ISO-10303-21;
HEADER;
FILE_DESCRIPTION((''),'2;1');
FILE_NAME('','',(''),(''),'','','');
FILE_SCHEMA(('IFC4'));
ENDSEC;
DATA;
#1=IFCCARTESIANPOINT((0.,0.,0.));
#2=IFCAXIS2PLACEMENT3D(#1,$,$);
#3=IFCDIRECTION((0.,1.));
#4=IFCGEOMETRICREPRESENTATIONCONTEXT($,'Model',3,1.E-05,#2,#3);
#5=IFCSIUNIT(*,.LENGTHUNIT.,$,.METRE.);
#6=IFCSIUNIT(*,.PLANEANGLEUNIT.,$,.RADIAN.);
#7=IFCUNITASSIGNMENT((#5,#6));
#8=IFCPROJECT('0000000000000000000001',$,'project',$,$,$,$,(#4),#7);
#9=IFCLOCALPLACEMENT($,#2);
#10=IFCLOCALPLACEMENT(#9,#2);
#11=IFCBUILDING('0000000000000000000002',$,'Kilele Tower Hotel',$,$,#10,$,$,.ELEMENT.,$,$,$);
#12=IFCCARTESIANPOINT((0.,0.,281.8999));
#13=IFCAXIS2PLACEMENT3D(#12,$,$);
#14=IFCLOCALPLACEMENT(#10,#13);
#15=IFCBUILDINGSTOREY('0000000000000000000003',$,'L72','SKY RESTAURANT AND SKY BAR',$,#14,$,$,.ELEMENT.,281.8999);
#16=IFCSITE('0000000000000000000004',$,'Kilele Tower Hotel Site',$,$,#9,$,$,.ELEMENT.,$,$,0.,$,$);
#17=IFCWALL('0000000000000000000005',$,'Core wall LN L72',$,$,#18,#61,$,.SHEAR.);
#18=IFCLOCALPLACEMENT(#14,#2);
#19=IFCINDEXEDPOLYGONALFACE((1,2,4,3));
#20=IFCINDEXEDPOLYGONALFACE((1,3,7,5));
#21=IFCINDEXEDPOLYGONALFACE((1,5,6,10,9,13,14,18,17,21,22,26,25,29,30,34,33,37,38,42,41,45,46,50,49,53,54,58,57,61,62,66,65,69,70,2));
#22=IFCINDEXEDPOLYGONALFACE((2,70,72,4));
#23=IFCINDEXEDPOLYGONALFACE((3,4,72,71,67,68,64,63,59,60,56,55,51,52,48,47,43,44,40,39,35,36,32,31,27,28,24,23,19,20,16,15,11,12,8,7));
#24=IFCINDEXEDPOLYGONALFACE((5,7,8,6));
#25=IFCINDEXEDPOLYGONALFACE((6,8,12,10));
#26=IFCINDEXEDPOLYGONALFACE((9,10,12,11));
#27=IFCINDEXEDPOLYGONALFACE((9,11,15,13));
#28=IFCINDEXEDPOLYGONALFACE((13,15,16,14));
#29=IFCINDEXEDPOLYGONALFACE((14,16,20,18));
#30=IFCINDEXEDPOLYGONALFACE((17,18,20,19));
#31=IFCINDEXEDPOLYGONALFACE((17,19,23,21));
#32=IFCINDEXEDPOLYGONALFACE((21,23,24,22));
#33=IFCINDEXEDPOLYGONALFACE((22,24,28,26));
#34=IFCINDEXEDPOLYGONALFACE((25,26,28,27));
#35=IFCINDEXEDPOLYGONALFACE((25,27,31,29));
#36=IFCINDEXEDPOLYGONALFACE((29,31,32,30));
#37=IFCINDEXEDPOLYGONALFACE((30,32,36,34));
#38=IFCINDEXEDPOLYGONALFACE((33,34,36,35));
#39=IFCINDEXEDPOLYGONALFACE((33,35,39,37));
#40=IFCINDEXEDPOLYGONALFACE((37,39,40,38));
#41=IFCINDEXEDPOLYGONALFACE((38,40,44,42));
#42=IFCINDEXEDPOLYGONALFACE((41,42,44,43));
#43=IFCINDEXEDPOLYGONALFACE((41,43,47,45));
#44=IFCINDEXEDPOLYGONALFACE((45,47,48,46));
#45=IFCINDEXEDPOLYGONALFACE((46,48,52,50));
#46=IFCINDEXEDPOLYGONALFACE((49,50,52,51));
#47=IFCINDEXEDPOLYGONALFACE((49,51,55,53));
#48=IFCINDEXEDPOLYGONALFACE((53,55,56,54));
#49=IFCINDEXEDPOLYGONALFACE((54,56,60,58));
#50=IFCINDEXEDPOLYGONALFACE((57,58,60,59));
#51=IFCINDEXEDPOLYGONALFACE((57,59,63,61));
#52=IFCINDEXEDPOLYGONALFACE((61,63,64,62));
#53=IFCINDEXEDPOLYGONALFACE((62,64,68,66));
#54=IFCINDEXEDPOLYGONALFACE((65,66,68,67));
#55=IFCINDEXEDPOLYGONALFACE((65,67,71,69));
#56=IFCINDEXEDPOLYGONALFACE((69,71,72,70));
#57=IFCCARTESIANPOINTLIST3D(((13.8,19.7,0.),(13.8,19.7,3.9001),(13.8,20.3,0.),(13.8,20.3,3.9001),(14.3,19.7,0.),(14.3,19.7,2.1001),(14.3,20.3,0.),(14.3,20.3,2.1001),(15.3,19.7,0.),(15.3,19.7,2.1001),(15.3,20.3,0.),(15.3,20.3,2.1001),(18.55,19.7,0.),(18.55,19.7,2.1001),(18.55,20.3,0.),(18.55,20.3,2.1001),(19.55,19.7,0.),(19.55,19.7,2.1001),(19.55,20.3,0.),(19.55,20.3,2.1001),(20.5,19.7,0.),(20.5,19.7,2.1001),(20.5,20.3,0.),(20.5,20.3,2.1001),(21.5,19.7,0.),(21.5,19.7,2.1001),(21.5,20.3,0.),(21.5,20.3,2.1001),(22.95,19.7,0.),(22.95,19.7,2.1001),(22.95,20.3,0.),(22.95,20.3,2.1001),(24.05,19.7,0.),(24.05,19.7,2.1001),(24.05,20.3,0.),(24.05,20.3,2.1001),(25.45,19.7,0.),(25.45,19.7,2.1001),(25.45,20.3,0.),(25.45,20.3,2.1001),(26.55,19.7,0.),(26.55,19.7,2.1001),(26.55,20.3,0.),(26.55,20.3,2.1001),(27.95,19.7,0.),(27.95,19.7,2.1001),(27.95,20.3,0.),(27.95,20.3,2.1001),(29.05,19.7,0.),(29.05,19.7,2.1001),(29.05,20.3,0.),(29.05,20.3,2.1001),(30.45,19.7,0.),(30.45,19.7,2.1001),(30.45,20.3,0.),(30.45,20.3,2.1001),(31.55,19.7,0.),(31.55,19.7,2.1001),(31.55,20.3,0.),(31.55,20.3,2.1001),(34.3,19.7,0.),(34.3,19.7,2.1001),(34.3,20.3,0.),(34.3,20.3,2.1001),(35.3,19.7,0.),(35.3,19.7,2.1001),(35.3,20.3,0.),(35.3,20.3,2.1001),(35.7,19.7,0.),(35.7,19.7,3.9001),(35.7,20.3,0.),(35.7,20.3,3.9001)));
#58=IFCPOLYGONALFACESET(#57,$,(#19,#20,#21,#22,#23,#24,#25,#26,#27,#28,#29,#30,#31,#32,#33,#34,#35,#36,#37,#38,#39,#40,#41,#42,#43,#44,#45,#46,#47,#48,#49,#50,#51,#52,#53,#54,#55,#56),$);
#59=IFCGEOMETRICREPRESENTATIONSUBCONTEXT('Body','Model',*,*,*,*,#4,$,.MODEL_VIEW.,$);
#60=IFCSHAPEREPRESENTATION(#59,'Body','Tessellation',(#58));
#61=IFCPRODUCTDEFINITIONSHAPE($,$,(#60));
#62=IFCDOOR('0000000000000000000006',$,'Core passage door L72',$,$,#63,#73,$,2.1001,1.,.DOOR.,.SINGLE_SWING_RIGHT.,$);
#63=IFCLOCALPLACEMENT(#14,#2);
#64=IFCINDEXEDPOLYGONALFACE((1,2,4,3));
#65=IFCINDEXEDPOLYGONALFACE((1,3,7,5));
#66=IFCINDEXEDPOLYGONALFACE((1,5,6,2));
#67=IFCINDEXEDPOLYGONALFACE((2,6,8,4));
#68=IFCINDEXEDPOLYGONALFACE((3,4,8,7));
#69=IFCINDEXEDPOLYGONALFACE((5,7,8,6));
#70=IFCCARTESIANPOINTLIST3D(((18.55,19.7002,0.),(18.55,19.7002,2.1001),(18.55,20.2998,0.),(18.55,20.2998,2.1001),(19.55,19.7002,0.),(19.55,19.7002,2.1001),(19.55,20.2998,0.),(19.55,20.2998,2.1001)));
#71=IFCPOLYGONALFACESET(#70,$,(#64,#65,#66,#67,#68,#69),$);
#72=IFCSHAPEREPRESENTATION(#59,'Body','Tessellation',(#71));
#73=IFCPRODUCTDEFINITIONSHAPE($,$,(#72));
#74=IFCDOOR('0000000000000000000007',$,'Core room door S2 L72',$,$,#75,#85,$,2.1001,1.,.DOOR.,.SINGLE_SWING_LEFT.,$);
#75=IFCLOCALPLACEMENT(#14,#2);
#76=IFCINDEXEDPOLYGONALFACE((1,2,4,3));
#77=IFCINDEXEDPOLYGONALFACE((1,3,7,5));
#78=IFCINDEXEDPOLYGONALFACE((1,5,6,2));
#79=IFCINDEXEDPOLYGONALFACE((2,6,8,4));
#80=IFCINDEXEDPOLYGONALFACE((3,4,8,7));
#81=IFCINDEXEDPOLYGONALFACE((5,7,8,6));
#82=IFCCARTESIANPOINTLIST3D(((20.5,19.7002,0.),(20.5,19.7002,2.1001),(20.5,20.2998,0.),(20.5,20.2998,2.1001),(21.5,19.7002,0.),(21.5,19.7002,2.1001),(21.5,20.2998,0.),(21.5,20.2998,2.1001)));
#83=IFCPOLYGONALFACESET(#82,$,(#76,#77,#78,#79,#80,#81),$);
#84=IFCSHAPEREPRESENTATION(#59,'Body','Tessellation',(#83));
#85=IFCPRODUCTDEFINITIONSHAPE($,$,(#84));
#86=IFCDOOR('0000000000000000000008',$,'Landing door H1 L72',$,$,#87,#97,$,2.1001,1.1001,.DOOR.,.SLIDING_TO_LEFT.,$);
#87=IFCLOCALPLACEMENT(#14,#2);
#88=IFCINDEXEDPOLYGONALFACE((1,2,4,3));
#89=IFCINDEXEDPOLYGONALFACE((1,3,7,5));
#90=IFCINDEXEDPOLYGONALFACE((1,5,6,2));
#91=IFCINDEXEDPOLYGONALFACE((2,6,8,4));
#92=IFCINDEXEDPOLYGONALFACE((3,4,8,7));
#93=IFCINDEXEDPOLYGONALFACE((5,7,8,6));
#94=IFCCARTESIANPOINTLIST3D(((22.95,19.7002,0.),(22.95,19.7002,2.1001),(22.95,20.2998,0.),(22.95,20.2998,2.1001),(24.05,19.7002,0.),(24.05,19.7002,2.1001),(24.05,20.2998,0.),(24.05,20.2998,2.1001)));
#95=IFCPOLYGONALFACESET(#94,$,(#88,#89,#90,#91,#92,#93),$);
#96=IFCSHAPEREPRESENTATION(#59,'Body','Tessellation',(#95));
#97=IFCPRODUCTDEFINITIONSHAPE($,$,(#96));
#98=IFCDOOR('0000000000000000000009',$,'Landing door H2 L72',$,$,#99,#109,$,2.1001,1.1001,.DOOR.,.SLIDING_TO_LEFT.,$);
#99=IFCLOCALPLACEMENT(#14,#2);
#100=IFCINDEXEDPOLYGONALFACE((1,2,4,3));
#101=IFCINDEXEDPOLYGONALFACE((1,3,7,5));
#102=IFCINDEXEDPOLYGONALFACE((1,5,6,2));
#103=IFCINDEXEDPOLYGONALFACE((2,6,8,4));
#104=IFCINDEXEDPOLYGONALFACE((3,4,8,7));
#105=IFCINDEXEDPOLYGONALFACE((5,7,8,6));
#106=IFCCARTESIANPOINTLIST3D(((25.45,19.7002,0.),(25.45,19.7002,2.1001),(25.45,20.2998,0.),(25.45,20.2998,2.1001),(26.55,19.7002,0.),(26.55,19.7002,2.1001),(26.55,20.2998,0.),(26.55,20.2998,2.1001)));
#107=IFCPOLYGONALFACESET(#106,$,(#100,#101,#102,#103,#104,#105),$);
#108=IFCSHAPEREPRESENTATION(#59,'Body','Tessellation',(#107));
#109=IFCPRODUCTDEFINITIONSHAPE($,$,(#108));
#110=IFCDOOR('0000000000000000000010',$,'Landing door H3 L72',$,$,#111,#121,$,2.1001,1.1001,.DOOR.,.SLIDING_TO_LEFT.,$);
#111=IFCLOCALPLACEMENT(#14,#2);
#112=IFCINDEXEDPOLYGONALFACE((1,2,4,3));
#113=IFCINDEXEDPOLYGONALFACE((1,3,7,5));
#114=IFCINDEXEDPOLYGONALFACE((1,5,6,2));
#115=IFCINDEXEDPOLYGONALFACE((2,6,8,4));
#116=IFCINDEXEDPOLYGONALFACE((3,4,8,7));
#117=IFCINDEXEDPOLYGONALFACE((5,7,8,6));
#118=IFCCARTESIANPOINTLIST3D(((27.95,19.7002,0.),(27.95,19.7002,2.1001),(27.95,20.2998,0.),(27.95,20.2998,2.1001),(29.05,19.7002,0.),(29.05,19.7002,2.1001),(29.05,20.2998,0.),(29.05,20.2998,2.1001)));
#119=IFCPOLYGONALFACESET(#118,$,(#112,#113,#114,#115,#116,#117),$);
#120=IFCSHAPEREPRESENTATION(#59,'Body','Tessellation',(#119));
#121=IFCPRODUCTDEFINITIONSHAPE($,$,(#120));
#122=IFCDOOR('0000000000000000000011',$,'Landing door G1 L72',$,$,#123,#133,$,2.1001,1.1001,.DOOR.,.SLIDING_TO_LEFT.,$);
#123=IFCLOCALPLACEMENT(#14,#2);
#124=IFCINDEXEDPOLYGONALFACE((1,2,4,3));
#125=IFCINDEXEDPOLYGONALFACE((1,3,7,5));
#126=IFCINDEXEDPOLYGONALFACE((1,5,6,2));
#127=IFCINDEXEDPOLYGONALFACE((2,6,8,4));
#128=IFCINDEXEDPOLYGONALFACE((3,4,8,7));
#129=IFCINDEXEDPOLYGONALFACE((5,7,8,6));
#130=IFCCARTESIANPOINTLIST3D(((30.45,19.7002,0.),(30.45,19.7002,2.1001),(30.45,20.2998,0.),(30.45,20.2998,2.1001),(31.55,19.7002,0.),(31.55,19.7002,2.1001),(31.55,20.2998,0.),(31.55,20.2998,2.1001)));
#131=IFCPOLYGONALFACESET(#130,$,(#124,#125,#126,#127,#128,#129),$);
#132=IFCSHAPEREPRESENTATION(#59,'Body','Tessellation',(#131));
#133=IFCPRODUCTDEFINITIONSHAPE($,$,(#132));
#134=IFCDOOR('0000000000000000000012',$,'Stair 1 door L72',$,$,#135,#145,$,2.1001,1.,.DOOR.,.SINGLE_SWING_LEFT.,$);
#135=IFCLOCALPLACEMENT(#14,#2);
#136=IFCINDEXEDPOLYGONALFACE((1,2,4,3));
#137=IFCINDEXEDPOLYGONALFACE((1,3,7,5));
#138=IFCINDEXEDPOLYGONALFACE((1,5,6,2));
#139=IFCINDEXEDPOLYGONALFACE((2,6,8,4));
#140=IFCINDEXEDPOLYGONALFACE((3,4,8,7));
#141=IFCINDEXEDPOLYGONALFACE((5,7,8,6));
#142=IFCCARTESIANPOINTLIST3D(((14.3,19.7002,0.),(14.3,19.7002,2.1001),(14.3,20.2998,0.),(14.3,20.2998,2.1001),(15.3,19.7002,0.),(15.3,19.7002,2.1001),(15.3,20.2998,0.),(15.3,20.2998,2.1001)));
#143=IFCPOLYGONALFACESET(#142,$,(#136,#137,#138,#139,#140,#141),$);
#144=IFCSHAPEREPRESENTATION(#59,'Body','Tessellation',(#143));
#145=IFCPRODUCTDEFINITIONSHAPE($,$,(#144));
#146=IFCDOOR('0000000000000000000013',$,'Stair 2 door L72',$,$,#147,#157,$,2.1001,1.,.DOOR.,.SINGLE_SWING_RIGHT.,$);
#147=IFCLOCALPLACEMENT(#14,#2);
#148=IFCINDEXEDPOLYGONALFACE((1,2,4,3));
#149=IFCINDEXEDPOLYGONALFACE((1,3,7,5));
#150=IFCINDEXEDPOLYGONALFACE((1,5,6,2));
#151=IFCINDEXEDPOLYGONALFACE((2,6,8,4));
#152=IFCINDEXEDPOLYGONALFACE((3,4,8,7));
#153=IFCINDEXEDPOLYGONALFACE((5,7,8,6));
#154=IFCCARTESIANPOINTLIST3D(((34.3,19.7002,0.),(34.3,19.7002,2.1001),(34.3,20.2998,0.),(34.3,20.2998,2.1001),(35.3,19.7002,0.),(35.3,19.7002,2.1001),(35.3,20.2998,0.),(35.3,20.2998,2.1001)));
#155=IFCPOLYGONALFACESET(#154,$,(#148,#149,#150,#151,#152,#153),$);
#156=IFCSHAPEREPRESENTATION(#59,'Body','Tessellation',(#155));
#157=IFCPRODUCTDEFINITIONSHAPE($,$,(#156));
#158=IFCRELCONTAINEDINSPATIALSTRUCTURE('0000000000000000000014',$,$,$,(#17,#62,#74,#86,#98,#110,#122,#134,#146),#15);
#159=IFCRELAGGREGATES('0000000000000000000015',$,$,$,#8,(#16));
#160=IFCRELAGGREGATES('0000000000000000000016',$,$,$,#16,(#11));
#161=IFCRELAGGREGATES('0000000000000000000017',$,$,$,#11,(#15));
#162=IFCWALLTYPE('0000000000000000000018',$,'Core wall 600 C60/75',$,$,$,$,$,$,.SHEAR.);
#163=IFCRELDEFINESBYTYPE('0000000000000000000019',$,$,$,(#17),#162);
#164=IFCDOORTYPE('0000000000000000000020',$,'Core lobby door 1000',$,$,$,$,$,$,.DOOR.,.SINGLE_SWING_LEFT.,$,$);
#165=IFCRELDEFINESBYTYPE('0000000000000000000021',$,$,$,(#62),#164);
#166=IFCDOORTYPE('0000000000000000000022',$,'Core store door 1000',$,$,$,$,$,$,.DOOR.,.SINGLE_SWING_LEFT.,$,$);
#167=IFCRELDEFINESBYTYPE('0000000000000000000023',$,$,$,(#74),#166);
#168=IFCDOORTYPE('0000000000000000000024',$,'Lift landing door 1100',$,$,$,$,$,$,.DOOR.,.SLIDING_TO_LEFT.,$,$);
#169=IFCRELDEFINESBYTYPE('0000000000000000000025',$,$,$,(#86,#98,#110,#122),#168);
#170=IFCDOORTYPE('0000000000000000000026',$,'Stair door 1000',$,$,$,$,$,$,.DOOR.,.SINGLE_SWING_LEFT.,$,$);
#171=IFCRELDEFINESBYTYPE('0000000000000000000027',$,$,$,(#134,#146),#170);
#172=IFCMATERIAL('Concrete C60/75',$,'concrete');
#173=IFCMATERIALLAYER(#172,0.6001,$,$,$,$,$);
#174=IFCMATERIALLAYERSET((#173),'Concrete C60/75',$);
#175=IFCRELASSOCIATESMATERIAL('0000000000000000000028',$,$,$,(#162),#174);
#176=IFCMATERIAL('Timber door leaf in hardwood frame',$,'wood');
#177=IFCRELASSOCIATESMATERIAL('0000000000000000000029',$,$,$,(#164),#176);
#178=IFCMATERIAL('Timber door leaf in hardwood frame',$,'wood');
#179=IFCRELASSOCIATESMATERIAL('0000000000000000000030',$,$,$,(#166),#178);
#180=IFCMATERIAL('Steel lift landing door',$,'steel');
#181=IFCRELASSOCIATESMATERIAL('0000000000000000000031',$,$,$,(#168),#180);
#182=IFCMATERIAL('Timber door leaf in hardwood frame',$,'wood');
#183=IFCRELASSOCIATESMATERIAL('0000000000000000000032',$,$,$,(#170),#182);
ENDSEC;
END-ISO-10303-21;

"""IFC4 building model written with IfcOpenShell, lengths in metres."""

from ifc_helpers import new_model, si_unit, direction, frame, frame_2d, origin, place, context, subcontext, project, spatial, rectangle, extrude, material, layer, layer_set, type_object, element, fill, save


model = new_model("IFC4")

# Units and contexts
model_context = context("Model", 3, precision=1e-05, world=origin(), true_north=direction((0.0, 1.0)))
body_context = subcontext(model_context, "Body", "Model", "MODEL_VIEW")
ifc_project = project(units=[si_unit("LENGTHUNIT", "METRE"), si_unit("PLANEANGLEUNIT", "RADIAN")], contexts=[model_context])

# Site, building, storey
site_placement = place(None, origin())
site = spatial("IfcSite", under=ifc_project, at=site_placement, Name="Kilele Tower Hotel Site", CompositionType="ELEMENT", RefElevation=0.0)
building_placement = place(site_placement, origin())
building = spatial("IfcBuilding", under=site, at=building_placement, Name="Kilele Tower Hotel", CompositionType="ELEMENT")
storey_placement = place(building_placement, frame((0.0, 0.0, 281.8999)))
storey = spatial("IfcBuildingStorey", under=building, at=storey_placement, Name="L72", Description="SKY RESTAURANT AND SKY BAR", CompositionType="ELEMENT", Elevation=281.8999)

# Wall, openings, doors
ifc_material_1 = material(Name="Concrete C60/75", Category="concrete")
ifc_layer_1 = layer(ifc_material_1, 0.6001)
ifc_layer_set_1 = layer_set([ifc_layer_1], Name="Concrete C60/75")
wall_type_1 = type_object("IfcWallType", Name="Core wall 600 C60/75", PredefinedType="SHEAR", material=ifc_layer_set_1)
wall_1_placement = place(storey_placement, frame((13.8, 20.0, 0.0), z_axis=(0.0, 0.0, 1.0), x_axis=(1.0, 0.0, 0.0)))
wall_1 = element("IfcWall", 1, at=wall_1_placement, inside=storey, type_object=wall_type_1, Name="Core wall LN L72", PredefinedType="SHEAR", context=body_context, shape_type="SweptSolid", body=[
    extrude(rectangle(XDim=21.8999, YDim=0.6001, at=frame_2d((10.95, 0.0))), origin(), (0.0, 0.0, 1.0), 3.9001),
])
opening_1_placement = place(wall_1_placement, frame((0.5, 0.0, 0.0)))
opening_1 = element("IfcOpeningElement", 2, at=opening_1_placement, cuts=wall_1, PredefinedType="OPENING", context=body_context, shape_type="SweptSolid", body=[
    extrude(rectangle(XDim=1.0, YDim=2.1001, at=frame_2d((0.5, 1.05))), frame((0.0, 0.3101, 0.0), z_axis=(0.0, -1.0, 0.0), x_axis=(1.0, 0.0, 0.0)), (0.0, 0.0, 1.0), 0.6201),
])
opening_2_placement = place(wall_1_placement, frame((20.5, 0.0, 0.0)))
opening_2 = element("IfcOpeningElement", 3, at=opening_2_placement, cuts=wall_1, PredefinedType="OPENING", context=body_context, shape_type="SweptSolid", body=[
    extrude(rectangle(XDim=1.0, YDim=2.1001, at=frame_2d((0.5, 1.05))), frame((0.0, 0.3101, 0.0), z_axis=(0.0, -1.0, 0.0), x_axis=(1.0, 0.0, 0.0)), (0.0, 0.0, 1.0), 0.6201),
])
opening_3_placement = place(wall_1_placement, frame((9.1499, 0.0, 0.0)))
opening_3 = element("IfcOpeningElement", 4, at=opening_3_placement, cuts=wall_1, PredefinedType="OPENING", context=body_context, shape_type="SweptSolid", body=[
    extrude(rectangle(XDim=1.1001, YDim=2.1001, at=frame_2d((0.55, 1.05))), frame((0.0, 0.3101, 0.0), z_axis=(0.0, -1.0, 0.0), x_axis=(1.0, 0.0, 0.0)), (0.0, 0.0, 1.0), 0.6201),
])
opening_4_placement = place(wall_1_placement, frame((11.6499, 0.0, 0.0)))
opening_4 = element("IfcOpeningElement", 5, at=opening_4_placement, cuts=wall_1, PredefinedType="OPENING", context=body_context, shape_type="SweptSolid", body=[
    extrude(rectangle(XDim=1.1001, YDim=2.1001, at=frame_2d((0.55, 1.05))), frame((0.0, 0.3101, 0.0), z_axis=(0.0, -1.0, 0.0), x_axis=(1.0, 0.0, 0.0)), (0.0, 0.0, 1.0), 0.6201),
])
opening_5_placement = place(wall_1_placement, frame((14.1499, 0.0, 0.0)))
opening_5 = element("IfcOpeningElement", 6, at=opening_5_placement, cuts=wall_1, PredefinedType="OPENING", context=body_context, shape_type="SweptSolid", body=[
    extrude(rectangle(XDim=1.1001, YDim=2.1001, at=frame_2d((0.55, 1.05))), frame((0.0, 0.3101, 0.0), z_axis=(0.0, -1.0, 0.0), x_axis=(1.0, 0.0, 0.0)), (0.0, 0.0, 1.0), 0.6201),
])
opening_6_placement = place(wall_1_placement, frame((16.6499, 0.0, 0.0)))
opening_6 = element("IfcOpeningElement", 7, at=opening_6_placement, cuts=wall_1, PredefinedType="OPENING", context=body_context, shape_type="SweptSolid", body=[
    extrude(rectangle(XDim=1.1001, YDim=2.1001, at=frame_2d((0.55, 1.05))), frame((0.0, 0.3101, 0.0), z_axis=(0.0, -1.0, 0.0), x_axis=(1.0, 0.0, 0.0)), (0.0, 0.0, 1.0), 0.6201),
])
opening_7_placement = place(wall_1_placement, frame((5.75, 0.0, 0.0), z_axis=(0.0, 0.0, 1.0), x_axis=(-1.0, 0.0, 0.0)))
opening_7 = element("IfcOpeningElement", 8, at=opening_7_placement, cuts=wall_1, PredefinedType="OPENING", context=body_context, shape_type="SweptSolid", body=[
    extrude(rectangle(XDim=1.0, YDim=2.1001, at=frame_2d((0.5, 1.05))), frame((0.0, 0.3101, 0.0), z_axis=(0.0, -1.0, 0.0), x_axis=(1.0, 0.0, 0.0)), (0.0, 0.0, 1.0), 0.6201),
])
opening_8_placement = place(wall_1_placement, frame((6.7, 0.0, 0.0)))
opening_8 = element("IfcOpeningElement", 9, at=opening_8_placement, cuts=wall_1, PredefinedType="OPENING", context=body_context, shape_type="SweptSolid", body=[
    extrude(rectangle(XDim=1.0, YDim=2.1001, at=frame_2d((0.5, 1.05))), frame((0.0, 0.3101, 0.0), z_axis=(0.0, -1.0, 0.0), x_axis=(1.0, 0.0, 0.0)), (0.0, 0.0, 1.0), 0.6201),
])
ifc_material_2 = material(Name="Timber door leaf in hardwood frame", Category="wood")
door_type_1 = type_object("IfcDoorType", Name="Core lobby door 1000", OperationType="SINGLE_SWING_LEFT", PredefinedType="DOOR", material=ifc_material_2)
door_1_placement = place(opening_7_placement, origin())
door_1 = element("IfcDoor", 10, at=door_1_placement, inside=storey, type_object=door_type_1, Name="Core passage door L72", OperationType="SINGLE_SWING_RIGHT", OverallHeight=2.1001, OverallWidth=1.0, PredefinedType="DOOR", context=body_context, shape_type="SweptSolid", body=[
    extrude(rectangle(XDim=1.0, YDim=2.1001, at=frame_2d((0.5, 1.05))), frame((0.0, 0.2998, 0.0), z_axis=(0.0, -1.0, 0.0), x_axis=(1.0, 0.0, 0.0)), (0.0, 0.0, 1.0), 0.5996),
])
fill(opening_7, door_1)
ifc_material_3 = material(Name="Timber door leaf in hardwood frame", Category="wood")
door_type_2 = type_object("IfcDoorType", Name="Core store door 1000", OperationType="SINGLE_SWING_LEFT", PredefinedType="DOOR", material=ifc_material_3)
door_2_placement = place(opening_8_placement, origin())
door_2 = element("IfcDoor", 11, at=door_2_placement, inside=storey, type_object=door_type_2, Name="Core room door S2 L72", OperationType="SINGLE_SWING_LEFT", OverallHeight=2.1001, OverallWidth=1.0, PredefinedType="DOOR", context=body_context, shape_type="SweptSolid", body=[
    extrude(rectangle(XDim=1.0, YDim=2.1001, at=frame_2d((0.5, 1.05))), frame((0.0, 0.2998, 0.0), z_axis=(0.0, -1.0, 0.0), x_axis=(1.0, 0.0, 0.0)), (0.0, 0.0, 1.0), 0.5996),
])
fill(opening_8, door_2)
ifc_material_4 = material(Name="Steel lift landing door", Category="steel")
door_type_3 = type_object("IfcDoorType", Name="Lift landing door 1100", OperationType="SLIDING_TO_LEFT", PredefinedType="DOOR", material=ifc_material_4)
door_3_placement = place(opening_3_placement, origin())
door_3 = element("IfcDoor", 12, at=door_3_placement, inside=storey, type_object=door_type_3, Name="Landing door H1 L72", OperationType="SLIDING_TO_LEFT", OverallHeight=2.1001, OverallWidth=1.1001, PredefinedType="DOOR", context=body_context, shape_type="SweptSolid", body=[
    extrude(rectangle(XDim=1.1001, YDim=2.1001, at=frame_2d((0.55, 1.05))), frame((0.0, 0.2998, 0.0), z_axis=(0.0, -1.0, 0.0), x_axis=(1.0, 0.0, 0.0)), (0.0, 0.0, 1.0), 0.5996),
])
fill(opening_3, door_3)
door_4_placement = place(opening_4_placement, origin())
door_4 = element("IfcDoor", 13, at=door_4_placement, inside=storey, type_object=door_type_3, Name="Landing door H2 L72", OperationType="SLIDING_TO_LEFT", OverallHeight=2.1001, OverallWidth=1.1001, PredefinedType="DOOR", context=body_context, shape_type="SweptSolid", body=[
    extrude(rectangle(XDim=1.1001, YDim=2.1001, at=frame_2d((0.55, 1.05))), frame((0.0, 0.2998, 0.0), z_axis=(0.0, -1.0, 0.0), x_axis=(1.0, 0.0, 0.0)), (0.0, 0.0, 1.0), 0.5996),
])
fill(opening_4, door_4)
door_5_placement = place(opening_5_placement, origin())
door_5 = element("IfcDoor", 14, at=door_5_placement, inside=storey, type_object=door_type_3, Name="Landing door H3 L72", OperationType="SLIDING_TO_LEFT", OverallHeight=2.1001, OverallWidth=1.1001, PredefinedType="DOOR", context=body_context, shape_type="SweptSolid", body=[
    extrude(rectangle(XDim=1.1001, YDim=2.1001, at=frame_2d((0.55, 1.05))), frame((0.0, 0.2998, 0.0), z_axis=(0.0, -1.0, 0.0), x_axis=(1.0, 0.0, 0.0)), (0.0, 0.0, 1.0), 0.5996),
])
fill(opening_5, door_5)
door_6_placement = place(opening_6_placement, origin())
door_6 = element("IfcDoor", 15, at=door_6_placement, inside=storey, type_object=door_type_3, Name="Landing door G1 L72", OperationType="SLIDING_TO_LEFT", OverallHeight=2.1001, OverallWidth=1.1001, PredefinedType="DOOR", context=body_context, shape_type="SweptSolid", body=[
    extrude(rectangle(XDim=1.1001, YDim=2.1001, at=frame_2d((0.55, 1.05))), frame((0.0, 0.2998, 0.0), z_axis=(0.0, -1.0, 0.0), x_axis=(1.0, 0.0, 0.0)), (0.0, 0.0, 1.0), 0.5996),
])
fill(opening_6, door_6)
ifc_material_5 = material(Name="Timber door leaf in hardwood frame", Category="wood")
door_type_4 = type_object("IfcDoorType", Name="Stair door 1000", OperationType="SINGLE_SWING_LEFT", PredefinedType="DOOR", material=ifc_material_5)
door_7_placement = place(opening_1_placement, origin())
door_7 = element("IfcDoor", 16, at=door_7_placement, inside=storey, type_object=door_type_4, Name="Stair 1 door L72", OperationType="SINGLE_SWING_LEFT", OverallHeight=2.1001, OverallWidth=1.0, PredefinedType="DOOR", context=body_context, shape_type="SweptSolid", body=[
    extrude(rectangle(XDim=1.0, YDim=2.1001, at=frame_2d((0.5, 1.05))), frame((0.0, 0.2998, 0.0), z_axis=(0.0, -1.0, 0.0), x_axis=(1.0, 0.0, 0.0)), (0.0, 0.0, 1.0), 0.5996),
])
fill(opening_1, door_7)
door_8_placement = place(opening_2_placement, origin())
door_8 = element("IfcDoor", 17, at=door_8_placement, inside=storey, type_object=door_type_4, Name="Stair 2 door L72", OperationType="SINGLE_SWING_RIGHT", OverallHeight=2.1001, OverallWidth=1.0, PredefinedType="DOOR", context=body_context, shape_type="SweptSolid", body=[
    extrude(rectangle(XDim=1.0, YDim=2.1001, at=frame_2d((0.5, 1.05))), frame((0.0, 0.2998, 0.0), z_axis=(0.0, -1.0, 0.0), x_axis=(1.0, 0.0, 0.0)), (0.0, 0.0, 1.0), 0.5996),
])
fill(opening_2, door_8)

save(model, "model.ifc")
